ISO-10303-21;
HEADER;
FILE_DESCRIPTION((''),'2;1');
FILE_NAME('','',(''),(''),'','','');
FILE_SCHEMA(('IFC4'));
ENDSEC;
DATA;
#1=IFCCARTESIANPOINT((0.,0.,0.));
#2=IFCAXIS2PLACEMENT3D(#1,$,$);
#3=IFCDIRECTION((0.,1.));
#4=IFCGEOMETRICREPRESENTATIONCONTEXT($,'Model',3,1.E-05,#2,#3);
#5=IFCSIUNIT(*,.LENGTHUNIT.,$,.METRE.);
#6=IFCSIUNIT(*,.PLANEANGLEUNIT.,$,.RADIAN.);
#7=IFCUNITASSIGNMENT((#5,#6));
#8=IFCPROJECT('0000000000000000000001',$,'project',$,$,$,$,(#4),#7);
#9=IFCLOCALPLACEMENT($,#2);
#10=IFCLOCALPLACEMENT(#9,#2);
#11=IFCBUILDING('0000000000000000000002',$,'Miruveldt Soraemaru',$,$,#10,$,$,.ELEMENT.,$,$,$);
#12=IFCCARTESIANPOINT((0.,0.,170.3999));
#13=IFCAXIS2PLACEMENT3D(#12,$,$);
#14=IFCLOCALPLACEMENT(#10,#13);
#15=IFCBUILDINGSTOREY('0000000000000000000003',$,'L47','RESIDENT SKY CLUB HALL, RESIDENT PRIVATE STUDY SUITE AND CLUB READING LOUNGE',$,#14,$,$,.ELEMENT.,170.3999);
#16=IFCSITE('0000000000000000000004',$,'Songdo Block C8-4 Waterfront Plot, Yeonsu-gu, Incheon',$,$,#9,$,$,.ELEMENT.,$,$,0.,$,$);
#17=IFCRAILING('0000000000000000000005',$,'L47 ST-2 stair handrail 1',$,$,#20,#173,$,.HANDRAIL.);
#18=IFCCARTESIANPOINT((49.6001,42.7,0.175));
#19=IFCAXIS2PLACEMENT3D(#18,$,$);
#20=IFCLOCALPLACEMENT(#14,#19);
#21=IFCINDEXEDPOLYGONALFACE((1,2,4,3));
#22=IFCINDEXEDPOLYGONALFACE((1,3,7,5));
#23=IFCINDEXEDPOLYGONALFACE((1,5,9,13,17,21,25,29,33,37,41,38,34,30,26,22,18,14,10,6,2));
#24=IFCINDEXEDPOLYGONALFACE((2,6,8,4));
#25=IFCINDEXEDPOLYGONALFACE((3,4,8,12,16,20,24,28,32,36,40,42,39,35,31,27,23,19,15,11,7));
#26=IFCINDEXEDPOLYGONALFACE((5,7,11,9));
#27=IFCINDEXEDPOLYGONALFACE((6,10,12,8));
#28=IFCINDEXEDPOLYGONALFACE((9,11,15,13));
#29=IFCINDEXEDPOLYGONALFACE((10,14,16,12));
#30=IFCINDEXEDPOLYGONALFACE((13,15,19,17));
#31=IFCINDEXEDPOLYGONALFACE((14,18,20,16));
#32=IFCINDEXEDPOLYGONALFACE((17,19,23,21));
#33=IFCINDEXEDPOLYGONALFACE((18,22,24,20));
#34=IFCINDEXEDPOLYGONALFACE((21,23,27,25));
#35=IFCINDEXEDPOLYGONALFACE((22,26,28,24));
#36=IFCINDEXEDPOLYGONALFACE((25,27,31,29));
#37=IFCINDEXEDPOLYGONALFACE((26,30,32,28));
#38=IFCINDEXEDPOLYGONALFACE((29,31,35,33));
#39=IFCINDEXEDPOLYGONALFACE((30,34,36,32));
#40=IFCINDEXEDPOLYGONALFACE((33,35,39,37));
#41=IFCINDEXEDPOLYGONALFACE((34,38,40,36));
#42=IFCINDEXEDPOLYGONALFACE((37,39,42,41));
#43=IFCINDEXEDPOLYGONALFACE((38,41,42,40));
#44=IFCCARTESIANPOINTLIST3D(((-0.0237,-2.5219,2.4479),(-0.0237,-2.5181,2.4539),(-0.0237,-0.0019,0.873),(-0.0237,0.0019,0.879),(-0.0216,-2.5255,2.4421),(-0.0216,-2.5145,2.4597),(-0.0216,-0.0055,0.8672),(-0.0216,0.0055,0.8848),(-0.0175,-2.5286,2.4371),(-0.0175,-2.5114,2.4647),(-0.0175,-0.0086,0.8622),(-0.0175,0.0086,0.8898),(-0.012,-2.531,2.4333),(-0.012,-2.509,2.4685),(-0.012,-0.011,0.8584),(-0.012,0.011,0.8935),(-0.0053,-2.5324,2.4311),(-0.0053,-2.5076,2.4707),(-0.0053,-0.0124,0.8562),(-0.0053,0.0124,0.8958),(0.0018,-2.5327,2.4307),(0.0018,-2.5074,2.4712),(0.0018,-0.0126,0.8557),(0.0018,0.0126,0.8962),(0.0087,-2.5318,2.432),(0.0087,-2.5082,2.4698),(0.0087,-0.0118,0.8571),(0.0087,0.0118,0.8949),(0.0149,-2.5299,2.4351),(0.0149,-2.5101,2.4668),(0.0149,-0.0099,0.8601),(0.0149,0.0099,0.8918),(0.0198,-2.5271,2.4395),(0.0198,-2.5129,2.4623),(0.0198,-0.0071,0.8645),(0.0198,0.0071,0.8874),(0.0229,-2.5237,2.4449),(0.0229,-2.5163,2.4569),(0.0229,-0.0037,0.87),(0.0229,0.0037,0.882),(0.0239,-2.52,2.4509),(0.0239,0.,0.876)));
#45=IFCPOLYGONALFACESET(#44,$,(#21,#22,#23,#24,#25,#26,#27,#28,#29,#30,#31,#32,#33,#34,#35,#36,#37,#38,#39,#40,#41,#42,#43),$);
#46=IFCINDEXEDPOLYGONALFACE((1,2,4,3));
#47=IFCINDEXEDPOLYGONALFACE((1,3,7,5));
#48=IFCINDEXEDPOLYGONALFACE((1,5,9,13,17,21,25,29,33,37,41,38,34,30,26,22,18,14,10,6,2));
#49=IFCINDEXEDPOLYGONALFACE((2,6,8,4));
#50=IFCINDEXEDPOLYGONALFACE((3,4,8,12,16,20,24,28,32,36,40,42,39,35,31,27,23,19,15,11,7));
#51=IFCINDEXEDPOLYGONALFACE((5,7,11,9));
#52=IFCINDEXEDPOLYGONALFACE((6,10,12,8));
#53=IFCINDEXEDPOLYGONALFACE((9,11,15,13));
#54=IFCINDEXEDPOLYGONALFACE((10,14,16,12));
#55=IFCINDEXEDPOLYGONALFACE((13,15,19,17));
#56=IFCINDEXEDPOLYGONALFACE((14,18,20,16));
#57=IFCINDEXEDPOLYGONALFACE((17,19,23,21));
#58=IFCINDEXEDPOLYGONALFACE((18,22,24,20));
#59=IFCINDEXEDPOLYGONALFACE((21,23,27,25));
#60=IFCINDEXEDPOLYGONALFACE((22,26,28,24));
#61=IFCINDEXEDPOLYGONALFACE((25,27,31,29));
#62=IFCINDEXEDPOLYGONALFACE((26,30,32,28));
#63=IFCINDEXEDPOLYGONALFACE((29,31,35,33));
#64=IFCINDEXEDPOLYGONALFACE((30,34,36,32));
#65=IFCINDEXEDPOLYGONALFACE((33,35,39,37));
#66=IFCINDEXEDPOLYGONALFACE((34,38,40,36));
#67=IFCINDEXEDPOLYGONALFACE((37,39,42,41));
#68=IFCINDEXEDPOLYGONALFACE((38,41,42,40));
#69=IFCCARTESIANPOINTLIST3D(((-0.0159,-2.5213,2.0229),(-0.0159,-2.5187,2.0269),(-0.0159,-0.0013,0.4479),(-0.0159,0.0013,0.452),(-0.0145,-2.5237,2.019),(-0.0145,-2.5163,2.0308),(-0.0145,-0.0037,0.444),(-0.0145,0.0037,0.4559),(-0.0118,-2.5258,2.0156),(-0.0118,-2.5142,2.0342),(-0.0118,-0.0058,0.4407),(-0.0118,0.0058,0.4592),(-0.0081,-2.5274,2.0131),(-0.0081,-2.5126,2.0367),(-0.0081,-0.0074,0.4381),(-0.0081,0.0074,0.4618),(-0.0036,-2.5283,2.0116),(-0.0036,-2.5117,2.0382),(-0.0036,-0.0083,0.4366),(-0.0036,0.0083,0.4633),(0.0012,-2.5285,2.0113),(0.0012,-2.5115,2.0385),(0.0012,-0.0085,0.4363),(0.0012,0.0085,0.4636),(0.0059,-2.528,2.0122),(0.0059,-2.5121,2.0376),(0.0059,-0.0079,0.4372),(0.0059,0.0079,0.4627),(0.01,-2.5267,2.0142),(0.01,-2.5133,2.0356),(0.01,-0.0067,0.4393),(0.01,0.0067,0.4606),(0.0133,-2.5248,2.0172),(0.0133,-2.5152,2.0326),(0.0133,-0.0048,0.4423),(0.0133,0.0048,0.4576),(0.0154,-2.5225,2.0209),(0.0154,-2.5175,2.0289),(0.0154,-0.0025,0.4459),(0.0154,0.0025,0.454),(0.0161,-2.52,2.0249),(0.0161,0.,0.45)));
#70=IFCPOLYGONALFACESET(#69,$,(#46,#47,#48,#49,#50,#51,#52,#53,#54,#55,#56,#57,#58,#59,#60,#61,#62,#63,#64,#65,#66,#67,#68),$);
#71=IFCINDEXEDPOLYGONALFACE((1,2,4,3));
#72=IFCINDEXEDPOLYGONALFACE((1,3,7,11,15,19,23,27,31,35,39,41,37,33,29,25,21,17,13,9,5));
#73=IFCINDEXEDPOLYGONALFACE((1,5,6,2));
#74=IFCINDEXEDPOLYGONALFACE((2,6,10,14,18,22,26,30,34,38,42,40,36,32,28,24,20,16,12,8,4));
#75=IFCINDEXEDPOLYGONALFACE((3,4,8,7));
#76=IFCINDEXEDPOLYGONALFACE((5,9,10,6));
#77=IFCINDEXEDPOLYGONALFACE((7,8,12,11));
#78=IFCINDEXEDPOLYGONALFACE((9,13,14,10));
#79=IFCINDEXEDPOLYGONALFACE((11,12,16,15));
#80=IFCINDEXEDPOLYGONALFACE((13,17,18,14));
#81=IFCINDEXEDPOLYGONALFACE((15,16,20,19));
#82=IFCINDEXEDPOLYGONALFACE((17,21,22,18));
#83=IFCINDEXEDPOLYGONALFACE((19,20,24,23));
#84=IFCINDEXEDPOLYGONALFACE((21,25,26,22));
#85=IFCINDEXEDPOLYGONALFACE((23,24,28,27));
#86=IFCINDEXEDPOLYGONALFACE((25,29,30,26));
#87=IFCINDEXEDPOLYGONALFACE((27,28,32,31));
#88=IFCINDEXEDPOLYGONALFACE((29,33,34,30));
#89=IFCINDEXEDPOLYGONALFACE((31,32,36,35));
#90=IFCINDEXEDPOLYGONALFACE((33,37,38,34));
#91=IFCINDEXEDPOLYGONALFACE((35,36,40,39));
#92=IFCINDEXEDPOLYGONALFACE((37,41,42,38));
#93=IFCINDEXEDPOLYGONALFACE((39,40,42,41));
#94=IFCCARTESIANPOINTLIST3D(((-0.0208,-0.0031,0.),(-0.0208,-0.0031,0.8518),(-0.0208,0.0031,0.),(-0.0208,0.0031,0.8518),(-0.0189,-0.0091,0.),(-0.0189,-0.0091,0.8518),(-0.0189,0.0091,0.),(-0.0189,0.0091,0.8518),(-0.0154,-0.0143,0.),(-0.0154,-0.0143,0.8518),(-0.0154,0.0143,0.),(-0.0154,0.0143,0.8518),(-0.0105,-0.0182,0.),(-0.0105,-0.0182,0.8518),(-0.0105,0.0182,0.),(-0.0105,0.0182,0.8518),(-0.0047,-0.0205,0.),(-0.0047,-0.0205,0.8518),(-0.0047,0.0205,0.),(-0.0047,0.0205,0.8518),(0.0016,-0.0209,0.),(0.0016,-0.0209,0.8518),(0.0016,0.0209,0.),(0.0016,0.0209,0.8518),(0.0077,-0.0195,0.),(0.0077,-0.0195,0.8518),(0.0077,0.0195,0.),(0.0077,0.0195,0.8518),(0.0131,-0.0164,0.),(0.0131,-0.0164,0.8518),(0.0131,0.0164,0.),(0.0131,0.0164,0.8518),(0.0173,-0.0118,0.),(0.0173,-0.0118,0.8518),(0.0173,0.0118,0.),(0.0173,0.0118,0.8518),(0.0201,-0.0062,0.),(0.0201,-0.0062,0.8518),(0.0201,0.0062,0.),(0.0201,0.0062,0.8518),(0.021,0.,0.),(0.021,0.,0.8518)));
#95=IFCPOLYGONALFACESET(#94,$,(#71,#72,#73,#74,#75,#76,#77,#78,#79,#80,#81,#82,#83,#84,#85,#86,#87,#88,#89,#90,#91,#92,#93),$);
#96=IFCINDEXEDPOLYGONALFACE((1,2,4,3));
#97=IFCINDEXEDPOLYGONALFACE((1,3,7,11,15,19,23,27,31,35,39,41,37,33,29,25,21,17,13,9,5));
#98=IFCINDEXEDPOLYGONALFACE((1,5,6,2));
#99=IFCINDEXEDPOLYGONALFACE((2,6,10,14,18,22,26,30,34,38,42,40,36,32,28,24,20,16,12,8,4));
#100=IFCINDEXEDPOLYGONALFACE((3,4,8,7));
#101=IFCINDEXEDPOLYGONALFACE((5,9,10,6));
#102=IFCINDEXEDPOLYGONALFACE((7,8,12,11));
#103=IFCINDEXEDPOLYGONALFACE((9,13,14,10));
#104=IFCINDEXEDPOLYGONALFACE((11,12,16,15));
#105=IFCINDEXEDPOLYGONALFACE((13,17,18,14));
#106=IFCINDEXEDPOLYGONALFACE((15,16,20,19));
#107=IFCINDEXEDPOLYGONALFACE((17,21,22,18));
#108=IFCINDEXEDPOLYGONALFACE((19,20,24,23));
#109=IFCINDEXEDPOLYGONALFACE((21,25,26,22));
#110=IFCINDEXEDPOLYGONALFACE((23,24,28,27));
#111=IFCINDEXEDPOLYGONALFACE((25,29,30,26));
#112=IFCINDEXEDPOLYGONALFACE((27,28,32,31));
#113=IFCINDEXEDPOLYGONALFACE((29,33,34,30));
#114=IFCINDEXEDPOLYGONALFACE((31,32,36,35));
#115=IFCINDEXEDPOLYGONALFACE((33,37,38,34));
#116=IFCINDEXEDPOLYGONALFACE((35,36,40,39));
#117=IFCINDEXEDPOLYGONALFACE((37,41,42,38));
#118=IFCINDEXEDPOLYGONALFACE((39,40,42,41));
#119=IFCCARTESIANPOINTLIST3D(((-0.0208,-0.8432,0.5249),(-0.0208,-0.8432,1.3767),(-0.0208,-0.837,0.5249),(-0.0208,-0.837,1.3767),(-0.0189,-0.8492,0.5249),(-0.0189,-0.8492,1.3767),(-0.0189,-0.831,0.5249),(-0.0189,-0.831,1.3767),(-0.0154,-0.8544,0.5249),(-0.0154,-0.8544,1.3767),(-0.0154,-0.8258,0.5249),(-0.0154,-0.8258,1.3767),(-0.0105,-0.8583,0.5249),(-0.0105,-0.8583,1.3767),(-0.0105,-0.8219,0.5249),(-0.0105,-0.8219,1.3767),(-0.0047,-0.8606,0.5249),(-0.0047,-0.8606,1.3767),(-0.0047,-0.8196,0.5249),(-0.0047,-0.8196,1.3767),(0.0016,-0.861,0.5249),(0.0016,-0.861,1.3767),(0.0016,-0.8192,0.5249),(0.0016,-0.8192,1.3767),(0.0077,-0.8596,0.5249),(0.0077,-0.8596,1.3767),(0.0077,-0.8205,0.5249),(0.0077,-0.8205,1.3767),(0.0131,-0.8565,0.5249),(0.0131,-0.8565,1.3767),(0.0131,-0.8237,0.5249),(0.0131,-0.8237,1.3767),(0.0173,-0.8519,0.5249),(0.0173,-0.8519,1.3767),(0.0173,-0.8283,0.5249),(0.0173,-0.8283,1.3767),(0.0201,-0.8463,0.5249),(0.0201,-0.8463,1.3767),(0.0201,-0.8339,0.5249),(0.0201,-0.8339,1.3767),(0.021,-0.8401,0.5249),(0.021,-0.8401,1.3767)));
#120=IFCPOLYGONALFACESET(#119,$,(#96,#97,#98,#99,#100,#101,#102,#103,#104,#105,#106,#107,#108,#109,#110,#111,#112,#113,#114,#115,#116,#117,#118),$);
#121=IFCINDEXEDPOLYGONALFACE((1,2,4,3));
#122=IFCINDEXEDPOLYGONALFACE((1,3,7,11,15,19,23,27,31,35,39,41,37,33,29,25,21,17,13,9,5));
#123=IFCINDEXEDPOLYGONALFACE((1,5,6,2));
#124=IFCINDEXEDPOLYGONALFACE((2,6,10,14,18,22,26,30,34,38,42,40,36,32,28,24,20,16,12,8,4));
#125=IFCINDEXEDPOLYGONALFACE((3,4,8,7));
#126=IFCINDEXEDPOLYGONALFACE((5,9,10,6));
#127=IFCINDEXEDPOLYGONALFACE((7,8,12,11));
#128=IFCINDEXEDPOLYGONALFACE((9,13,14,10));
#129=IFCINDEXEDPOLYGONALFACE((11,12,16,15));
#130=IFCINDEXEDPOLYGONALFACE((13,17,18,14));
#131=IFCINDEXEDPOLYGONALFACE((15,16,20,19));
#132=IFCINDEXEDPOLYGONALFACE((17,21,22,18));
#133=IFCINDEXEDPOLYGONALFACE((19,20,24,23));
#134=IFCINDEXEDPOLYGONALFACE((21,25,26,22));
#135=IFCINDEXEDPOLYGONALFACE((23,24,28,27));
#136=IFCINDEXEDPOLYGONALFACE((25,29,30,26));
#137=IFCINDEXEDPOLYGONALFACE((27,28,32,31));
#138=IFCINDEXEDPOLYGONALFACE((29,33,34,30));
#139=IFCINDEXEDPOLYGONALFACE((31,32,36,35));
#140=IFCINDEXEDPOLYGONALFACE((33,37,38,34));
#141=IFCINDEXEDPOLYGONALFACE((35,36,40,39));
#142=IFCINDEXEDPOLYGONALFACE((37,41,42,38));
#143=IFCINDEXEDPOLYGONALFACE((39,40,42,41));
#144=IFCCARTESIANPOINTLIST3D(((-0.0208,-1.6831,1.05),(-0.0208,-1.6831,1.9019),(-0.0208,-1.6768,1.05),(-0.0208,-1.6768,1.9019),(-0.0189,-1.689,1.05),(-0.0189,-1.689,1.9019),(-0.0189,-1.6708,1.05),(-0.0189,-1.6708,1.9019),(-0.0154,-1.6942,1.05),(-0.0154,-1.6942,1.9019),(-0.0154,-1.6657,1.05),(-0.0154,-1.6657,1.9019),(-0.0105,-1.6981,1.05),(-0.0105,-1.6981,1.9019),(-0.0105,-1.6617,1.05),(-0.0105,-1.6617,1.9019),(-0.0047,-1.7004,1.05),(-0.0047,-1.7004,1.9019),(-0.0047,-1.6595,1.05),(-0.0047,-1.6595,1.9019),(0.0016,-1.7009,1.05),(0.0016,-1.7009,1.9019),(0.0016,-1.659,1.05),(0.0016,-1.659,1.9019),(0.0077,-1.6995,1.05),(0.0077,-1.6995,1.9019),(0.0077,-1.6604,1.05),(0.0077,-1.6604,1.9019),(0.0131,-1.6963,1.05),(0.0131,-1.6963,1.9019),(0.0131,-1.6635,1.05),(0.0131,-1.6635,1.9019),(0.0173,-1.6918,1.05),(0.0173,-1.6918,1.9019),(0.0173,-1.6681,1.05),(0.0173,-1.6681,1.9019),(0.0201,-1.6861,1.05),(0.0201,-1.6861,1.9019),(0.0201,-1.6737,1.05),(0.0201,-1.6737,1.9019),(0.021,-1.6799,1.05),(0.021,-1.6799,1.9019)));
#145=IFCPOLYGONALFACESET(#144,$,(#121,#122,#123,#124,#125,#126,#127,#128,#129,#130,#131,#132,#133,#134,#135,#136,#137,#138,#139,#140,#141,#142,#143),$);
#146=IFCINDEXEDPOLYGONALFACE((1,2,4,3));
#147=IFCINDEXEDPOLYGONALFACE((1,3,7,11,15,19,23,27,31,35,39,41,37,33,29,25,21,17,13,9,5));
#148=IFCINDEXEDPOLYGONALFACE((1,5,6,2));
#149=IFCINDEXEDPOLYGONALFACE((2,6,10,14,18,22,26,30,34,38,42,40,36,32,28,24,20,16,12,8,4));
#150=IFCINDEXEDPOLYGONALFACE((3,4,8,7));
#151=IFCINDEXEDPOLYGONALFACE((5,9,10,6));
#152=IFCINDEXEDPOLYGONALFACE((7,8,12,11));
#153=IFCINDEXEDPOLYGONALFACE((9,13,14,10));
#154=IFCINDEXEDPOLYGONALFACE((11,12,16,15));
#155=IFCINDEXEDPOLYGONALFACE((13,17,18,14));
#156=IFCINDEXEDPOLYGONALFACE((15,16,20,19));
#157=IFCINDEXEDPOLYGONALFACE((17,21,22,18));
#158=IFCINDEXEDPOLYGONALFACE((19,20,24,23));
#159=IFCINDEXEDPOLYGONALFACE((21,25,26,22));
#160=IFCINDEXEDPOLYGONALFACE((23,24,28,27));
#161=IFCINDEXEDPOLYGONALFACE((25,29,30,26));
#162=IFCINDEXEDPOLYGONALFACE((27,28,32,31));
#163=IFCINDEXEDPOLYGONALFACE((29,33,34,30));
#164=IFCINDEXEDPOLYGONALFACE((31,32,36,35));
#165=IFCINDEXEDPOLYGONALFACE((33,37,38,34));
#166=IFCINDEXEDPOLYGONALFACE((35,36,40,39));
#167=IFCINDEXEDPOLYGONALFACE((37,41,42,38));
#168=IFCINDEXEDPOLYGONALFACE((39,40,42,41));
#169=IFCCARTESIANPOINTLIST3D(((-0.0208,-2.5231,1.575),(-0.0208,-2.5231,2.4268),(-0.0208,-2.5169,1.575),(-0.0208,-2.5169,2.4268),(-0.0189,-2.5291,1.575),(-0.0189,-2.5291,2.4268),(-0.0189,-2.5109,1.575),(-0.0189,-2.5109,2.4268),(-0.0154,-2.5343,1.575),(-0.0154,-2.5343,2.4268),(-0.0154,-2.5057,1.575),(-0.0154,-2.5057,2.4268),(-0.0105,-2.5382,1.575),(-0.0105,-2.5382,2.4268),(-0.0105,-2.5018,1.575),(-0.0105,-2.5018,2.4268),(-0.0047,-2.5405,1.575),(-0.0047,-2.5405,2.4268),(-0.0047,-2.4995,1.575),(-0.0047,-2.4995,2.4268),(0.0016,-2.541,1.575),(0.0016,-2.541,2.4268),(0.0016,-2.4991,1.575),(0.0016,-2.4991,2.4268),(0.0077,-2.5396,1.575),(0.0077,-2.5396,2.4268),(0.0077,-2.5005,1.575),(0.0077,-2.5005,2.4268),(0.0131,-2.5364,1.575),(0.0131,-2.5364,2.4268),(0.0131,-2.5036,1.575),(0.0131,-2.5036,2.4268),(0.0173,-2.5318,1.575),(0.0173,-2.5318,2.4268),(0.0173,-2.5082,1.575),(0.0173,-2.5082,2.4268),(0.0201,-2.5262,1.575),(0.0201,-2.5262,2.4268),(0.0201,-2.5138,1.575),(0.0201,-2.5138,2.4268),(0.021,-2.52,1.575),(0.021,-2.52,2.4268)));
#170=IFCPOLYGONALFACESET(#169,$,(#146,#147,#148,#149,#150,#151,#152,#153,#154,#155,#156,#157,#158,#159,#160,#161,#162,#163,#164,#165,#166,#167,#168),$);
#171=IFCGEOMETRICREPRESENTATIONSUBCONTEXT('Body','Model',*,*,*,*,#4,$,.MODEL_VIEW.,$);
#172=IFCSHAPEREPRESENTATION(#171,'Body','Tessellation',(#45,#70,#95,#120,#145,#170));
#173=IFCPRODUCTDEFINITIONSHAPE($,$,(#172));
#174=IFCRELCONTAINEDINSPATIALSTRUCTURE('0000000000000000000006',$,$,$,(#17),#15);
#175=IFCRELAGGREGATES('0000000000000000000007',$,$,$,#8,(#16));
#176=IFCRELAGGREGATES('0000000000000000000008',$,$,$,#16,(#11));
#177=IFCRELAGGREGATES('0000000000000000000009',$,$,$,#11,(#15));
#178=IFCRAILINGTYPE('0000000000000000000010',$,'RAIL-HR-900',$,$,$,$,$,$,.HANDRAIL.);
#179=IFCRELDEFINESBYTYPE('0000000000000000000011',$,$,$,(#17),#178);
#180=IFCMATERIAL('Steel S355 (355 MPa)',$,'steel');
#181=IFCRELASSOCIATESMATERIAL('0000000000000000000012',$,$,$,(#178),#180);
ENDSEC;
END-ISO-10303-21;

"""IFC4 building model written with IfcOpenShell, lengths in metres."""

from ifc_helpers import new_model, si_unit, direction, frame, origin, origin_2d, place, context, subcontext, project, spatial, circle, extrude, material, type_object, element, save


model = new_model("IFC4")

# Units and contexts
model_context = context("Model", 3, precision=1e-05, world=origin(), true_north=direction((0.0, 1.0)))
body_context = subcontext(model_context, "Body", "Model", "MODEL_VIEW")
ifc_project = project(units=[si_unit("LENGTHUNIT", "METRE"), si_unit("PLANEANGLEUNIT", "RADIAN")], contexts=[model_context])

# Site, building, storey
site_placement = place(None, origin())
site = spatial("IfcSite", under=ifc_project, at=site_placement, Name="Songdo Block C8-4 Waterfront Plot, Yeonsu-gu, Incheon", CompositionType="ELEMENT", RefElevation=0.0)
building_placement = place(site_placement, origin())
building = spatial("IfcBuilding", under=site, at=building_placement, Name="Miruveldt Soraemaru", CompositionType="ELEMENT")
storey_placement = place(building_placement, frame((0.0, 0.0, 170.3999)))
storey = spatial("IfcBuildingStorey", under=building, at=storey_placement, Name="L47", Description="RESIDENT SKY CLUB HALL, RESIDENT PRIVATE STUDY SUITE AND CLUB READING LOUNGE", CompositionType="ELEMENT", Elevation=170.3999)

# Railing
ifc_material_1 = material(Name="Steel S355 (355 MPa)", Category="steel")
railing_type = type_object("IfcRailingType", Name="RAIL-HR-900", PredefinedType="HANDRAIL", material=ifc_material_1)
railing_placement = place(storey_placement, frame((49.6001, 42.7, 0.175)))
element("IfcRailing", 1, at=railing_placement, inside=storey, type_object=railing_type, Name="L47 ST-2 stair handrail 1", PredefinedType="HANDRAIL", context=body_context, shape_type="SweptSolid", body=[
    extrude(circle(Radius=0.0239, at=origin_2d()), frame((0.0, 0.0, 0.876), z_axis=(0.0, -0.848008, 0.529984), x_axis=(1.0, 0.0, 0.0)), (0.0, 0.0, 1.0), 2.9717),
    extrude(circle(Radius=0.0161, at=origin_2d()), frame((0.0, 0.0, 0.45), z_axis=(0.0, -0.848008, 0.529984), x_axis=(1.0, 0.0, 0.0)), (0.0, 0.0, 1.0), 2.9717),
    extrude(circle(Radius=0.021, at=origin_2d()), origin(), (0.0, 0.0, 1.0), 0.8518),
    extrude(circle(Radius=0.021, at=origin_2d()), frame((0.0, -0.8401, 0.5249)), (0.0, 0.0, 1.0), 0.8518),
    extrude(circle(Radius=0.021, at=origin_2d()), frame((0.0, -1.6799, 1.05)), (0.0, 0.0, 1.0), 0.8518),
    extrude(circle(Radius=0.021, at=origin_2d()), frame((0.0, -2.52, 1.575)), (0.0, 0.0, 1.0), 0.8518),
])

save(model, "model.ifc")
